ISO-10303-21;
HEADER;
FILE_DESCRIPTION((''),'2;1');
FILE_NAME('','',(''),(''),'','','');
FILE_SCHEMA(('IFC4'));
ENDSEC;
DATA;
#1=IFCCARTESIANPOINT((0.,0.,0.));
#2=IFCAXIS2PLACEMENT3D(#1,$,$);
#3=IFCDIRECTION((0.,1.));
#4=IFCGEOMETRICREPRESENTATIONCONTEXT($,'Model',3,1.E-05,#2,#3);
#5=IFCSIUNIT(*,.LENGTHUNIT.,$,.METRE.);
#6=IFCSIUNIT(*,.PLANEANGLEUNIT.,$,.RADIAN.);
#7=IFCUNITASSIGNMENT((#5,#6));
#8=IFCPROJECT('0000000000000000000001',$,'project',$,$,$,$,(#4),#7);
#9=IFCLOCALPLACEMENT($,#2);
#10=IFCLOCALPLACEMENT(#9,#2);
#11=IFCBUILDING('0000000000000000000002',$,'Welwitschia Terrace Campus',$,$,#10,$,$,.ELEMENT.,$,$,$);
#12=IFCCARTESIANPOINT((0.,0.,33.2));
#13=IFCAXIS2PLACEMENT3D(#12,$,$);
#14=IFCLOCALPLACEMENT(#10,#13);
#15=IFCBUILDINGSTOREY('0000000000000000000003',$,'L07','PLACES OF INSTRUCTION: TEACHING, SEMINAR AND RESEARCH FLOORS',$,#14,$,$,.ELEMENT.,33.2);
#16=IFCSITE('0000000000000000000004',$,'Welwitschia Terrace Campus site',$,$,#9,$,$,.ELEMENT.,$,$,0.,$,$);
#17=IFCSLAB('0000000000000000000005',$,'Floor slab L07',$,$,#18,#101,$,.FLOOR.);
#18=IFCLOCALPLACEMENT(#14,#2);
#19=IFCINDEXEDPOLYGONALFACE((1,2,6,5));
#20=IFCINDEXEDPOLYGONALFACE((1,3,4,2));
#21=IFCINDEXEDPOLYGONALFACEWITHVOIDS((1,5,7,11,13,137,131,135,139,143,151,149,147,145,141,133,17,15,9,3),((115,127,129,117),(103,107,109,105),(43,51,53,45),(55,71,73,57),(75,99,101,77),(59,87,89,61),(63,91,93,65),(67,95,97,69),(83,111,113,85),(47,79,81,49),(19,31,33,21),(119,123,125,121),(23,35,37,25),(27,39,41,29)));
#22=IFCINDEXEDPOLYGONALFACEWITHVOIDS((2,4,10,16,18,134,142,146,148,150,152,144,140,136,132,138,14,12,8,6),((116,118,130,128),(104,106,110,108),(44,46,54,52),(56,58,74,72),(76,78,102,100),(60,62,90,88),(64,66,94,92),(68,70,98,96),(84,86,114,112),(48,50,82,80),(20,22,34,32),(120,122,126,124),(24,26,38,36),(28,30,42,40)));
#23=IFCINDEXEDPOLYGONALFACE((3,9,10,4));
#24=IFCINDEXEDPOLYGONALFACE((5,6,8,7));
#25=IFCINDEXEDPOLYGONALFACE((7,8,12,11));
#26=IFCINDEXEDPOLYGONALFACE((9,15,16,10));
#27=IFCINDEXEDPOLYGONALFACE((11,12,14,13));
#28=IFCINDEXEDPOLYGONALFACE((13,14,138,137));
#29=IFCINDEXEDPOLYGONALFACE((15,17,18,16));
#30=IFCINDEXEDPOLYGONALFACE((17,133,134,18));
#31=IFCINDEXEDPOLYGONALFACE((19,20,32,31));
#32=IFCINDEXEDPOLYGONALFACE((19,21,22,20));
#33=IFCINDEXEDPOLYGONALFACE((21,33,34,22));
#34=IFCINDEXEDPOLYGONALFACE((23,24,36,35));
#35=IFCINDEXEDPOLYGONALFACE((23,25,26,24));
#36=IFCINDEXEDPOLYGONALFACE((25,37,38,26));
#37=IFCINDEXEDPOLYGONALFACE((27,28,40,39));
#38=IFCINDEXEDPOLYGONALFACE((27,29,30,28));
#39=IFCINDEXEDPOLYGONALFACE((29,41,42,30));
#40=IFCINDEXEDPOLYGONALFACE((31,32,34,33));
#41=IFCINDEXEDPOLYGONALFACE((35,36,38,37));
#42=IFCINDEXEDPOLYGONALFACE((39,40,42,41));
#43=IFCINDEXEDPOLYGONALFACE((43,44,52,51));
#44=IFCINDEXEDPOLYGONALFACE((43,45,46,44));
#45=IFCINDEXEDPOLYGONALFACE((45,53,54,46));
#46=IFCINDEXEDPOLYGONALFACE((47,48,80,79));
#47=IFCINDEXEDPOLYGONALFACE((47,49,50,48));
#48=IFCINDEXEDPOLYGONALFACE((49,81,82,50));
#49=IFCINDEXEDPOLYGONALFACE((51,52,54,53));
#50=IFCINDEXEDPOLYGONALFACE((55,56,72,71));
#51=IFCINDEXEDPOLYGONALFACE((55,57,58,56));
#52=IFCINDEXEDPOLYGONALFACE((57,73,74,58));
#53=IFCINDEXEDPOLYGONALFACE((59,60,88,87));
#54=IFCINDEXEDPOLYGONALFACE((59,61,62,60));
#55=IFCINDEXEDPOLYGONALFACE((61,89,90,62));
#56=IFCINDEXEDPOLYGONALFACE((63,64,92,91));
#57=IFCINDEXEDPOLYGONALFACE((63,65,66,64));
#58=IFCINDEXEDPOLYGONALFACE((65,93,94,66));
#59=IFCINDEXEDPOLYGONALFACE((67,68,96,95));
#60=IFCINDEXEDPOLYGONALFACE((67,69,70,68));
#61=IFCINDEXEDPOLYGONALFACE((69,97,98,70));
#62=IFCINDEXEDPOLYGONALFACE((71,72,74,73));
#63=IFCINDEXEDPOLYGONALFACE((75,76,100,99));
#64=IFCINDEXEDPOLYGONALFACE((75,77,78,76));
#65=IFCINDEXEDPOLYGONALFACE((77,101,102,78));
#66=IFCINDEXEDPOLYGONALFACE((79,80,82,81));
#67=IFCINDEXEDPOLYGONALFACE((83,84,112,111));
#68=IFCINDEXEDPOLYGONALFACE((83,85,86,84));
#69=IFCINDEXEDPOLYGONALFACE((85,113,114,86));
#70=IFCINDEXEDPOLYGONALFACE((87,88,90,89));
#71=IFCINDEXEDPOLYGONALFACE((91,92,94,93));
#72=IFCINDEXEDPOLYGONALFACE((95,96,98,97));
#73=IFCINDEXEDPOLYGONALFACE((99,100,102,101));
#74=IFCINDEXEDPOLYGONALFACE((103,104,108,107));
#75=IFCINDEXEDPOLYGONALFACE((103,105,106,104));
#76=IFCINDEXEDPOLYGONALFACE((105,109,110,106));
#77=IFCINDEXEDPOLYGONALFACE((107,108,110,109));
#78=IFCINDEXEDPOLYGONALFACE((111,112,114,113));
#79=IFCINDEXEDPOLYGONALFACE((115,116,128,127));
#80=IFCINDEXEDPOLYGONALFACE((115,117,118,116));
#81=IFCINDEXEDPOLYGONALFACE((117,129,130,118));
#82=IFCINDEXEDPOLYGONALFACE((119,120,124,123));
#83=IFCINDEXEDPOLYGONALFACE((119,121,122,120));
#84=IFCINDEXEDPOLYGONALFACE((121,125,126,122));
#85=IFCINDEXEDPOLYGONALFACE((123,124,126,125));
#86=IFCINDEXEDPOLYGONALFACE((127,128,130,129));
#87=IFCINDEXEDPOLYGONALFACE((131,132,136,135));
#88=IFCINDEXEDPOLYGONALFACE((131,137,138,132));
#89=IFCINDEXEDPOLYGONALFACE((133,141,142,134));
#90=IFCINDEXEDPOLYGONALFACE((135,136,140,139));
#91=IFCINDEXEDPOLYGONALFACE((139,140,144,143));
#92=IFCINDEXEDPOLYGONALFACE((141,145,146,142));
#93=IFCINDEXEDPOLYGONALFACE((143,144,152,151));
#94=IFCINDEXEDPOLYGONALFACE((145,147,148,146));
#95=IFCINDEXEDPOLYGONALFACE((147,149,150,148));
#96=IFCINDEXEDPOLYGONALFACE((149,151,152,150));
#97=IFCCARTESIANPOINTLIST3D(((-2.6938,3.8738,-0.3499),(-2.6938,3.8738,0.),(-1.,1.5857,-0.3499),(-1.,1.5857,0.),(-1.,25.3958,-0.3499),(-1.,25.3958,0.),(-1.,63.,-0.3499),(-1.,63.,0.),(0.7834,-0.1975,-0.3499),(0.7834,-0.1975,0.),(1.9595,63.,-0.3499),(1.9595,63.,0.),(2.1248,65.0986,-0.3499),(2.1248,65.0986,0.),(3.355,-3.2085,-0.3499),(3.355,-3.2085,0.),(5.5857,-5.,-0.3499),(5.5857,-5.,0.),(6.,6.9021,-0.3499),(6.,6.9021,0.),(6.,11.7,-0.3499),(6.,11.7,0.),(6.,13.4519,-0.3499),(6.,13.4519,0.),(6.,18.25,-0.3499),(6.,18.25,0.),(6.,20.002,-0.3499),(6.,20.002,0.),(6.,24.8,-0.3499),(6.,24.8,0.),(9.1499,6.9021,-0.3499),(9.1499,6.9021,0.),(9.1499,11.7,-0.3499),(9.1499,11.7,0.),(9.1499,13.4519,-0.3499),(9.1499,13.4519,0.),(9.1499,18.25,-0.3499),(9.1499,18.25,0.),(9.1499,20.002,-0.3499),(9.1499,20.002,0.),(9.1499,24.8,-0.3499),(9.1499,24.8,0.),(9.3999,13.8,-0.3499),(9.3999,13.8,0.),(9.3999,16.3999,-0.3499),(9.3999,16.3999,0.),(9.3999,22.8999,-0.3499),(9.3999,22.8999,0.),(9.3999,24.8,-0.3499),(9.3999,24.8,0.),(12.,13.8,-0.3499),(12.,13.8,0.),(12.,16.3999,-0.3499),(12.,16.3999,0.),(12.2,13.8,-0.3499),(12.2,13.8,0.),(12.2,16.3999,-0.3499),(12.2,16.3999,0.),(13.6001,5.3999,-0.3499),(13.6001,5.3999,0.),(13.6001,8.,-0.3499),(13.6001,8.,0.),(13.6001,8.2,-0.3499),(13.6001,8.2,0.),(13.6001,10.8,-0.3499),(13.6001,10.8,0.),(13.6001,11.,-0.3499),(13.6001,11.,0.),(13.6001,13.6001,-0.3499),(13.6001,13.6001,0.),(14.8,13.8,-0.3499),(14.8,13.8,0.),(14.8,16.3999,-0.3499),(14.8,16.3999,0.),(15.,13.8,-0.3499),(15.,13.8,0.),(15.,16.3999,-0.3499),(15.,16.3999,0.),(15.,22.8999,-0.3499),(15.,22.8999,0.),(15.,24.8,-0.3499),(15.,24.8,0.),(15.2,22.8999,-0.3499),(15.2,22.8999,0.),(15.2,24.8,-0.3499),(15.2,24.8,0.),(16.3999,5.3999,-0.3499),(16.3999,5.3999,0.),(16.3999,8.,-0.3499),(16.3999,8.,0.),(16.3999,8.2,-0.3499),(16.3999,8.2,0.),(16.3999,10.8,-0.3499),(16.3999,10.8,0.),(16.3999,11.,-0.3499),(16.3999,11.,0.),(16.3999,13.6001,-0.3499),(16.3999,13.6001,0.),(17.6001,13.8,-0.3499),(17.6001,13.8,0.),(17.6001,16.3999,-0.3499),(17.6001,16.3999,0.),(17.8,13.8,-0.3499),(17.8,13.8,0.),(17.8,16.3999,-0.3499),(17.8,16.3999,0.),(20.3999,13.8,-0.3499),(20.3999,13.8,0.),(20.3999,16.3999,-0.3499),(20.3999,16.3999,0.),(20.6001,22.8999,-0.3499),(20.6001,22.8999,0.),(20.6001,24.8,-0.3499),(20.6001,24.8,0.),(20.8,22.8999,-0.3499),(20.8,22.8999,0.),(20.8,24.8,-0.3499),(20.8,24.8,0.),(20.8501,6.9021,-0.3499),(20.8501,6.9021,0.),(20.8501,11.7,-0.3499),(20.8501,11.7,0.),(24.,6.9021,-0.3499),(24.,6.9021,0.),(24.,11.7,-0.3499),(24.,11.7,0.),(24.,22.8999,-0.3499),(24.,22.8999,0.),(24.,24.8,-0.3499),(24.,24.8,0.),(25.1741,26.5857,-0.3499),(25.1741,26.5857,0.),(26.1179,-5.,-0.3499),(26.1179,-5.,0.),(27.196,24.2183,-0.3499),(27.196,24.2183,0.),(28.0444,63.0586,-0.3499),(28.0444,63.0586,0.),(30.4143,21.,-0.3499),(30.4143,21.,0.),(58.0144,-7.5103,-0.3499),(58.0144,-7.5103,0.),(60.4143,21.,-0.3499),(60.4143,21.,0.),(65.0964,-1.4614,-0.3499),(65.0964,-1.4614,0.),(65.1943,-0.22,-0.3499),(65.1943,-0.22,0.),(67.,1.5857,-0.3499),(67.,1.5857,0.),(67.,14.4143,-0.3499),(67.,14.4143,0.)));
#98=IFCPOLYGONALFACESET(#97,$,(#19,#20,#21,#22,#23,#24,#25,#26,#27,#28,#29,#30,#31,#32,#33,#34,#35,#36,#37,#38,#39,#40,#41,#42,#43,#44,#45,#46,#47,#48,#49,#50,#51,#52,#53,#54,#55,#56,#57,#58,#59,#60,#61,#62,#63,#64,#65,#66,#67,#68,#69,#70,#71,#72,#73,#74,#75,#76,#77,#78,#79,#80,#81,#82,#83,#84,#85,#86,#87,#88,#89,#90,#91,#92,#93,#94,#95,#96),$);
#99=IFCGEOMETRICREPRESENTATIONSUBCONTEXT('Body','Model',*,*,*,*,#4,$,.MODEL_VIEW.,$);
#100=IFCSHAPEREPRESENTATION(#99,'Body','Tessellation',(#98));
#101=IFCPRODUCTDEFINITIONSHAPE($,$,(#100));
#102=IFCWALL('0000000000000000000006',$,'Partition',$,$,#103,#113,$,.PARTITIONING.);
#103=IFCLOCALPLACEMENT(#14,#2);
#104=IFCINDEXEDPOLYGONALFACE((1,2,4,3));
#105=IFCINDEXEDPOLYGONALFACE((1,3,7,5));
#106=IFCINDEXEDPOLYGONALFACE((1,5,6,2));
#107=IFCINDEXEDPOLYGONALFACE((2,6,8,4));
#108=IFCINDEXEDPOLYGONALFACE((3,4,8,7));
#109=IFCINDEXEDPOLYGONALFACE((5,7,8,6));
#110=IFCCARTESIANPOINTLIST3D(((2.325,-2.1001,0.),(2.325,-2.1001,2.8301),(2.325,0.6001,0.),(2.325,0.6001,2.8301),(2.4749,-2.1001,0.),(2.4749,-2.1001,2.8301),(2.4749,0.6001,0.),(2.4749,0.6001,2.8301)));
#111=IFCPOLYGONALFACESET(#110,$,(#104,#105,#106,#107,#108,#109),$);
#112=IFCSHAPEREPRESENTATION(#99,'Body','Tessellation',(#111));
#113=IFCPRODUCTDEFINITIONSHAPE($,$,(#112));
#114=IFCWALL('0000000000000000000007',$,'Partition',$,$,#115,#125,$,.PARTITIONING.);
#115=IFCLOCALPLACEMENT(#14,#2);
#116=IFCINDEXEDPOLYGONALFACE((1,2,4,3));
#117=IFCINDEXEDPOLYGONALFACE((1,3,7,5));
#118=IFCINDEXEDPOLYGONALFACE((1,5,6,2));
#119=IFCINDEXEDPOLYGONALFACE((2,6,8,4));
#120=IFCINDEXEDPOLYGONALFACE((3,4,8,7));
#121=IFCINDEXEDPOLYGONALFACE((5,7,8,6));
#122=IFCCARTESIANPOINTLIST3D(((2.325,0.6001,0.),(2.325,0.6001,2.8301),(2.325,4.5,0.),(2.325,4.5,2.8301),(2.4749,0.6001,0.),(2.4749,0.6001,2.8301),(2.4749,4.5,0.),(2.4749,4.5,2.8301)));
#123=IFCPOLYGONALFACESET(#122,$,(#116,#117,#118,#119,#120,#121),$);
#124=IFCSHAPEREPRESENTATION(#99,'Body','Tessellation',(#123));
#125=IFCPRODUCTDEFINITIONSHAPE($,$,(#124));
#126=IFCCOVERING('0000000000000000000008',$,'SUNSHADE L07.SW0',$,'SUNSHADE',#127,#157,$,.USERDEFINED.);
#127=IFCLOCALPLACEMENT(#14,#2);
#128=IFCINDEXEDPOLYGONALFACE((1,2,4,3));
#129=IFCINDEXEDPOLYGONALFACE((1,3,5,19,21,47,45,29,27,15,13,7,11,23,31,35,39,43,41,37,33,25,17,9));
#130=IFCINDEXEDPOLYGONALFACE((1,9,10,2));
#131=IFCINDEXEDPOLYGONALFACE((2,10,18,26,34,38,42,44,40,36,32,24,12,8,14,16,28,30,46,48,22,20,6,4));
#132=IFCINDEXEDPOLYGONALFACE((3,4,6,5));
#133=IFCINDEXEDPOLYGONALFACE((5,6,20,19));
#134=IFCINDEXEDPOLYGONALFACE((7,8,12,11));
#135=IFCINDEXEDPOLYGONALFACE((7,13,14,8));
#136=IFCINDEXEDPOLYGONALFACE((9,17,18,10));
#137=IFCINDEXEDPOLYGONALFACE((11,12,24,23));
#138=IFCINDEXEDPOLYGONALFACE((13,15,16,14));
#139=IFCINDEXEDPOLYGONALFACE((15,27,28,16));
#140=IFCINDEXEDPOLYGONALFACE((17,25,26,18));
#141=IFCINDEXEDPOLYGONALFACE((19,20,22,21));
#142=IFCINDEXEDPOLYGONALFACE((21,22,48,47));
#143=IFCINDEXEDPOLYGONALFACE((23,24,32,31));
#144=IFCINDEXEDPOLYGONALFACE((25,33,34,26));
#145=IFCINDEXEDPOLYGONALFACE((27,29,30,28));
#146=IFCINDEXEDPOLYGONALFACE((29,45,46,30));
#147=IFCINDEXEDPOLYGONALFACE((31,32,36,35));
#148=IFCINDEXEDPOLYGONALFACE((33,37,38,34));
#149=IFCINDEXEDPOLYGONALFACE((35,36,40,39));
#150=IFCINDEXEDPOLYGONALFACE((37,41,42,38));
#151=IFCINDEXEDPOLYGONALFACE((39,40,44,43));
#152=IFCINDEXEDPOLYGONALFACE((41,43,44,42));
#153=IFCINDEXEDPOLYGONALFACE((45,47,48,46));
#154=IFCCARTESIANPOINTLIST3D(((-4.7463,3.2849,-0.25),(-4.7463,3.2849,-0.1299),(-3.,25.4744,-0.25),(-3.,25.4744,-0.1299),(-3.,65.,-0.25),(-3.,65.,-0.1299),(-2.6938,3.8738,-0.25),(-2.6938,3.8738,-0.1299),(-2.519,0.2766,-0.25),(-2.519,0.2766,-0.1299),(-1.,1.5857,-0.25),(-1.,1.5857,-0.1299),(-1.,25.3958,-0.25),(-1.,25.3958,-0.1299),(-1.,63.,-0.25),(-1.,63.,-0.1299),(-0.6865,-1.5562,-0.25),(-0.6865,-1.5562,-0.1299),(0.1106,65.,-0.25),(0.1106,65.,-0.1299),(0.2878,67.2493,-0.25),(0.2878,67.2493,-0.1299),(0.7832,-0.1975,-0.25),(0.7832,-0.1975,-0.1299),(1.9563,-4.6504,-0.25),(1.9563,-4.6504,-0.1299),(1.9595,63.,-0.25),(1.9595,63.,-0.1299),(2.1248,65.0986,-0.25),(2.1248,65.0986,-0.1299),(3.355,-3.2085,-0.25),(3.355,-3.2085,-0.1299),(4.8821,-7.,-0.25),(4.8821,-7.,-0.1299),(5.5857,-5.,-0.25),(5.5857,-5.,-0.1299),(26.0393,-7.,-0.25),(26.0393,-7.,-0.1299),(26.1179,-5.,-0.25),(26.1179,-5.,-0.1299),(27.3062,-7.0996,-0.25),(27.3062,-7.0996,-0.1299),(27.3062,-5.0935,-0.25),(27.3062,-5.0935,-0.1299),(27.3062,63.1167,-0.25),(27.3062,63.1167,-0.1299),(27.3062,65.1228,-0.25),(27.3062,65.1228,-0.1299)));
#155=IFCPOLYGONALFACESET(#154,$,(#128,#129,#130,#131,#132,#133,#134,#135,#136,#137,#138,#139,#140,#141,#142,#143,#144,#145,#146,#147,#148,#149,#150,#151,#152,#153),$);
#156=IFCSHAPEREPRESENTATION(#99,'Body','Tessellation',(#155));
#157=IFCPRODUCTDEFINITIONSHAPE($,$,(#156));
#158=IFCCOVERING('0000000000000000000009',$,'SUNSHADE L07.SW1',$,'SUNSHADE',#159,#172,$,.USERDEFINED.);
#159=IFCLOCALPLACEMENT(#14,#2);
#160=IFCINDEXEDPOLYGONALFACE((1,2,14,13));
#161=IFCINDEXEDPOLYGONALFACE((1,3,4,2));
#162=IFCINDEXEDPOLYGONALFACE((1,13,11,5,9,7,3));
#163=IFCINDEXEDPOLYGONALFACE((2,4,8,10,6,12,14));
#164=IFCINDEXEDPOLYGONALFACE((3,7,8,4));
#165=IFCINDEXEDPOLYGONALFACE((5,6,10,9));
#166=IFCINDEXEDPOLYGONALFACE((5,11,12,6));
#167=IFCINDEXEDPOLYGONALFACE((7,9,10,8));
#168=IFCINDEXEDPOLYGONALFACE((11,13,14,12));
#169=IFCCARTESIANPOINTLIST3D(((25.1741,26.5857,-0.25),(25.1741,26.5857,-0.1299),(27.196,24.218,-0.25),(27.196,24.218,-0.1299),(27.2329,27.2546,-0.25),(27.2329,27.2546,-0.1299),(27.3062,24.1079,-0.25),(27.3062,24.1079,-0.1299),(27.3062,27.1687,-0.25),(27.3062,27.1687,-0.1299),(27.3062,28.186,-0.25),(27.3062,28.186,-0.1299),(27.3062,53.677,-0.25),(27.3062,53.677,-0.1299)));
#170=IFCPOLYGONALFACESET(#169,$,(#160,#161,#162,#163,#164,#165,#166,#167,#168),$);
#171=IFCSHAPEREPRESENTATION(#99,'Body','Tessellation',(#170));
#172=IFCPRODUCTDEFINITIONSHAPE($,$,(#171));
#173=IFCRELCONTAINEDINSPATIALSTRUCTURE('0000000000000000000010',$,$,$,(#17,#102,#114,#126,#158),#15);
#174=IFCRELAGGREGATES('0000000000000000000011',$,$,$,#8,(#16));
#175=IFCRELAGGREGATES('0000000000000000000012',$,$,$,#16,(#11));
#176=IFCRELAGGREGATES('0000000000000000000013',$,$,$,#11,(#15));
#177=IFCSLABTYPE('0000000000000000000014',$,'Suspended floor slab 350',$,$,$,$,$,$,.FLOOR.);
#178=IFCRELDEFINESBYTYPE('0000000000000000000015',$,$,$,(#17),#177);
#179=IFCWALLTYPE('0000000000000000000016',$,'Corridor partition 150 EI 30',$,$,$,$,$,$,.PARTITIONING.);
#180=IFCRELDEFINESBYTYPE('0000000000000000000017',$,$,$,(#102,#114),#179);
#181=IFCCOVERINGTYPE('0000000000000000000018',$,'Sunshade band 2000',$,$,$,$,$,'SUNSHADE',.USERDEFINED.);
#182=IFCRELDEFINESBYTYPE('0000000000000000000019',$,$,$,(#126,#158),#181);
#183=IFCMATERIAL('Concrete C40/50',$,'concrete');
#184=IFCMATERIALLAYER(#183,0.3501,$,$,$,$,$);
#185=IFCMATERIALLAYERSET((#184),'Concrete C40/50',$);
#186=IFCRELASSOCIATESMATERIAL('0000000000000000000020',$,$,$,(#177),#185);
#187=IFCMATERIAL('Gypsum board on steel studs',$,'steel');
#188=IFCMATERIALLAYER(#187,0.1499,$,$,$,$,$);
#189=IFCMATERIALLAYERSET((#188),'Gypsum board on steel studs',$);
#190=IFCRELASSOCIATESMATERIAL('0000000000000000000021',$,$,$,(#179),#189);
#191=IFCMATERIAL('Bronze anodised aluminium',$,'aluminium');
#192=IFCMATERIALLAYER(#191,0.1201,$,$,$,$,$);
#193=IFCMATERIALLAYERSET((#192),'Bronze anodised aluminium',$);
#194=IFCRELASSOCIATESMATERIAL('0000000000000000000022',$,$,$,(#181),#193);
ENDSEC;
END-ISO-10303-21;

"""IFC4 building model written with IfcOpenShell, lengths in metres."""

from ifc_helpers import new_model, si_unit, direction, frame, frame_2d, origin, place, context, subcontext, project, spatial, polyline, rectangle, outline, extrude, material, layer, layer_set, type_object, element, save


model = new_model("IFC4")

# Units and contexts
model_context = context("Model", 3, precision=1e-05, world=origin(), true_north=direction((0.0, 1.0)))
body_context = subcontext(model_context, "Body", "Model", "MODEL_VIEW")
ifc_project = project(units=[si_unit("LENGTHUNIT", "METRE"), si_unit("PLANEANGLEUNIT", "RADIAN")], contexts=[model_context])

# Site, building, storey
site_placement = place(None, origin())
site = spatial("IfcSite", under=ifc_project, at=site_placement, Name="Welwitschia Terrace Campus site", CompositionType="ELEMENT", RefElevation=0.0)
building_placement = place(site_placement, origin())
building = spatial("IfcBuilding", under=site, at=building_placement, Name="Welwitschia Terrace Campus", CompositionType="ELEMENT")
storey_placement = place(building_placement, frame((0.0, 0.0, 33.2)))
storey = spatial("IfcBuildingStorey", under=building, at=storey_placement, Name="L07", Description="PLACES OF INSTRUCTION: TEACHING, SEMINAR AND RESEARCH FLOORS", CompositionType="ELEMENT", Elevation=33.2)

# Slab
ifc_material_1 = material(Name="Concrete C40/50", Category="concrete")
ifc_layer_1 = layer(ifc_material_1, 0.3501)
ifc_layer_set_1 = layer_set([ifc_layer_1], Name="Concrete C40/50")
slab_type_1 = type_object("IfcSlabType", Name="Suspended floor slab 350", PredefinedType="FLOOR", material=ifc_layer_set_1)
slab_1_placement = place(storey_placement, frame((0.0, 0.0, -0.3499)))
element("IfcSlab", 1, at=slab_1_placement, inside=storey, type_object=slab_type_1, Name="Floor slab L07", PredefinedType="FLOOR", context=body_context, shape_type="SweptSolid", body=[
    extrude(outline(polyline([(-1.0, 63.0), (1.9595, 63.0), (2.1248, 65.0986), (28.0444, 63.0586), (25.1741, 26.5857), (27.196, 24.2183), (30.4143, 21.0), (60.4143, 21.0), (67.0, 14.4143), (67.0, 1.5857), (65.1943, -0.22), (65.0964, -1.4614), (58.0144, -7.5103), (26.1179, -5.0), (5.5857, -5.0), (3.355, -3.2085), (0.7834, -0.1975), (-1.0, 1.5857), (-2.6938, 3.8738), (-1.0, 25.3958), (-1.0, 63.0)]), holes=[polyline([(13.6001, 8.0), (13.6001, 5.3999), (16.3999, 5.3999), (16.3999, 8.0), (13.6001, 8.0)]), polyline([(9.1499, 11.7), (6.0, 11.7), (6.0, 6.9021), (9.1499, 6.9021), (9.1499, 11.7)]), polyline([(12.0, 16.3999), (9.3999, 16.3999), (9.3999, 13.8), (12.0, 13.8), (12.0, 16.3999)]), polyline([(14.8, 16.3999), (12.2, 16.3999), (12.2, 13.8), (14.8, 13.8), (14.8, 16.3999)]), polyline([(9.1499, 18.25), (6.0, 18.25), (6.0, 13.4519), (9.1499, 13.4519), (9.1499, 18.25)]), polyline([(9.1499, 24.8), (6.0, 24.8), (6.0, 20.002), (9.1499, 20.002), (9.1499, 24.8)]), polyline([(15.0, 24.8), (9.3999, 24.8), (9.3999, 22.8999), (15.0, 22.8999), (15.0, 24.8)]), polyline([(20.8501, 11.7), (20.8501, 6.9021), (24.0, 6.9021), (24.0, 11.7), (20.8501, 11.7)]), polyline([(16.3999, 10.8), (13.6001, 10.8), (13.6001, 8.2), (16.3999, 8.2), (16.3999, 10.8)]), polyline([(16.3999, 13.6001), (13.6001, 13.6001), (13.6001, 11.0), (16.3999, 11.0), (16.3999, 13.6001)]), polyline([(17.6001, 16.3999), (15.0, 16.3999), (15.0, 13.8), (17.6001, 13.8), (17.6001, 16.3999)]), polyline([(20.3999, 16.3999), (17.8, 16.3999), (17.8, 13.8), (20.3999, 13.8), (20.3999, 16.3999)]), polyline([(20.6001, 24.8), (15.2, 24.8), (15.2, 22.8999), (20.6001, 22.8999), (20.6001, 24.8)]), polyline([(24.0, 24.8), (20.8, 24.8), (20.8, 22.8999), (24.0, 22.8999), (24.0, 24.8)])]), origin(), (0.0, 0.0, 1.0), 0.3499),
])

# Walls
ifc_material_2 = material(Name="Gypsum board on steel studs", Category="steel")
ifc_layer_2 = layer(ifc_material_2, 0.1499)
ifc_layer_set_2 = layer_set([ifc_layer_2], Name="Gypsum board on steel studs")
wall_type = type_object("IfcWallType", Name="Corridor partition 150 EI 30", PredefinedType="PARTITIONING", material=ifc_layer_set_2)
wall_1_placement = place(storey_placement, frame((2.3999, -2.1001, 0.0), z_axis=(0.0, 0.0, 1.0), x_axis=(0.0, 1.0, 0.0)))
element("IfcWall", 2, at=wall_1_placement, inside=storey, type_object=wall_type, Name="Partition", PredefinedType="PARTITIONING", context=body_context, shape_type="SweptSolid", body=[
    extrude(rectangle(XDim=2.7002, YDim=0.1499, at=frame_2d((1.3501, 0.0))), origin(), (0.0, 0.0, 1.0), 2.8301),
])
wall_2_placement = place(storey_placement, frame((2.3999, 0.6001, 0.0), z_axis=(0.0, 0.0, 1.0), x_axis=(0.0, 1.0, 0.0)))
element("IfcWall", 3, at=wall_2_placement, inside=storey, type_object=wall_type, Name="Partition", PredefinedType="PARTITIONING", context=body_context, shape_type="SweptSolid", body=[
    extrude(rectangle(XDim=3.8999, YDim=0.1499, at=frame_2d((1.95, 0.0))), origin(), (0.0, 0.0, 1.0), 2.8301),
])

# Coverings
ifc_material_3 = material(Name="Bronze anodised aluminium", Category="aluminium")
ifc_layer_3 = layer(ifc_material_3, 0.1201)
ifc_layer_set_3 = layer_set([ifc_layer_3], Name="Bronze anodised aluminium")
covering_type_1 = type_object("IfcCoveringType", Name="Sunshade band 2000", ElementType="SUNSHADE", PredefinedType="USERDEFINED", material=ifc_layer_set_3)
covering_1_placement = place(storey_placement, frame((0.0, 0.0, -0.25)))
element("IfcCovering", 4, at=covering_1_placement, inside=storey, type_object=covering_type_1, Name="SUNSHADE L07.SW0", ObjectType="SUNSHADE", PredefinedType="USERDEFINED", context=body_context, shape_type="SweptSolid", body=[
    extrude(outline(polyline([(0.1106, 65.0), (0.2878, 67.2493), (27.3062, 65.1228), (27.3062, 63.1167), (2.1248, 65.0986), (1.9595, 63.0), (-1.0, 63.0), (-1.0, 25.3958), (-2.6938, 3.8738), (-1.0, 1.5857), (0.7832, -0.1975), (3.355, -3.2085), (5.5857, -5.0), (26.1179, -5.0), (27.3062, -5.0935), (27.3062, -7.0996), (26.0393, -7.0), (4.8821, -7.0), (1.9563, -4.6504), (-0.6865, -1.5562), (-2.519, 0.2766), (-4.7463, 3.2849), (-3.0, 25.4744), (-3.0, 65.0), (0.1106, 65.0)])), origin(), (0.0, 0.0, 1.0), 0.1201),
])
covering_2_placement = place(storey_placement, frame((0.0, 0.0, -0.25)))
element("IfcCovering", 5, at=covering_2_placement, inside=storey, type_object=covering_type_1, Name="SUNSHADE L07.SW1", ObjectType="SUNSHADE", PredefinedType="USERDEFINED", context=body_context, shape_type="SweptSolid", body=[
    extrude(outline(polyline([(27.2329, 27.2546), (27.3062, 27.1687), (27.3062, 24.1079), (27.196, 24.218), (25.1741, 26.5857), (27.3062, 53.677), (27.3062, 28.186), (27.2329, 27.2546)])), origin(), (0.0, 0.0, 1.0), 0.1201),
])

save(model, "model.ifc")
